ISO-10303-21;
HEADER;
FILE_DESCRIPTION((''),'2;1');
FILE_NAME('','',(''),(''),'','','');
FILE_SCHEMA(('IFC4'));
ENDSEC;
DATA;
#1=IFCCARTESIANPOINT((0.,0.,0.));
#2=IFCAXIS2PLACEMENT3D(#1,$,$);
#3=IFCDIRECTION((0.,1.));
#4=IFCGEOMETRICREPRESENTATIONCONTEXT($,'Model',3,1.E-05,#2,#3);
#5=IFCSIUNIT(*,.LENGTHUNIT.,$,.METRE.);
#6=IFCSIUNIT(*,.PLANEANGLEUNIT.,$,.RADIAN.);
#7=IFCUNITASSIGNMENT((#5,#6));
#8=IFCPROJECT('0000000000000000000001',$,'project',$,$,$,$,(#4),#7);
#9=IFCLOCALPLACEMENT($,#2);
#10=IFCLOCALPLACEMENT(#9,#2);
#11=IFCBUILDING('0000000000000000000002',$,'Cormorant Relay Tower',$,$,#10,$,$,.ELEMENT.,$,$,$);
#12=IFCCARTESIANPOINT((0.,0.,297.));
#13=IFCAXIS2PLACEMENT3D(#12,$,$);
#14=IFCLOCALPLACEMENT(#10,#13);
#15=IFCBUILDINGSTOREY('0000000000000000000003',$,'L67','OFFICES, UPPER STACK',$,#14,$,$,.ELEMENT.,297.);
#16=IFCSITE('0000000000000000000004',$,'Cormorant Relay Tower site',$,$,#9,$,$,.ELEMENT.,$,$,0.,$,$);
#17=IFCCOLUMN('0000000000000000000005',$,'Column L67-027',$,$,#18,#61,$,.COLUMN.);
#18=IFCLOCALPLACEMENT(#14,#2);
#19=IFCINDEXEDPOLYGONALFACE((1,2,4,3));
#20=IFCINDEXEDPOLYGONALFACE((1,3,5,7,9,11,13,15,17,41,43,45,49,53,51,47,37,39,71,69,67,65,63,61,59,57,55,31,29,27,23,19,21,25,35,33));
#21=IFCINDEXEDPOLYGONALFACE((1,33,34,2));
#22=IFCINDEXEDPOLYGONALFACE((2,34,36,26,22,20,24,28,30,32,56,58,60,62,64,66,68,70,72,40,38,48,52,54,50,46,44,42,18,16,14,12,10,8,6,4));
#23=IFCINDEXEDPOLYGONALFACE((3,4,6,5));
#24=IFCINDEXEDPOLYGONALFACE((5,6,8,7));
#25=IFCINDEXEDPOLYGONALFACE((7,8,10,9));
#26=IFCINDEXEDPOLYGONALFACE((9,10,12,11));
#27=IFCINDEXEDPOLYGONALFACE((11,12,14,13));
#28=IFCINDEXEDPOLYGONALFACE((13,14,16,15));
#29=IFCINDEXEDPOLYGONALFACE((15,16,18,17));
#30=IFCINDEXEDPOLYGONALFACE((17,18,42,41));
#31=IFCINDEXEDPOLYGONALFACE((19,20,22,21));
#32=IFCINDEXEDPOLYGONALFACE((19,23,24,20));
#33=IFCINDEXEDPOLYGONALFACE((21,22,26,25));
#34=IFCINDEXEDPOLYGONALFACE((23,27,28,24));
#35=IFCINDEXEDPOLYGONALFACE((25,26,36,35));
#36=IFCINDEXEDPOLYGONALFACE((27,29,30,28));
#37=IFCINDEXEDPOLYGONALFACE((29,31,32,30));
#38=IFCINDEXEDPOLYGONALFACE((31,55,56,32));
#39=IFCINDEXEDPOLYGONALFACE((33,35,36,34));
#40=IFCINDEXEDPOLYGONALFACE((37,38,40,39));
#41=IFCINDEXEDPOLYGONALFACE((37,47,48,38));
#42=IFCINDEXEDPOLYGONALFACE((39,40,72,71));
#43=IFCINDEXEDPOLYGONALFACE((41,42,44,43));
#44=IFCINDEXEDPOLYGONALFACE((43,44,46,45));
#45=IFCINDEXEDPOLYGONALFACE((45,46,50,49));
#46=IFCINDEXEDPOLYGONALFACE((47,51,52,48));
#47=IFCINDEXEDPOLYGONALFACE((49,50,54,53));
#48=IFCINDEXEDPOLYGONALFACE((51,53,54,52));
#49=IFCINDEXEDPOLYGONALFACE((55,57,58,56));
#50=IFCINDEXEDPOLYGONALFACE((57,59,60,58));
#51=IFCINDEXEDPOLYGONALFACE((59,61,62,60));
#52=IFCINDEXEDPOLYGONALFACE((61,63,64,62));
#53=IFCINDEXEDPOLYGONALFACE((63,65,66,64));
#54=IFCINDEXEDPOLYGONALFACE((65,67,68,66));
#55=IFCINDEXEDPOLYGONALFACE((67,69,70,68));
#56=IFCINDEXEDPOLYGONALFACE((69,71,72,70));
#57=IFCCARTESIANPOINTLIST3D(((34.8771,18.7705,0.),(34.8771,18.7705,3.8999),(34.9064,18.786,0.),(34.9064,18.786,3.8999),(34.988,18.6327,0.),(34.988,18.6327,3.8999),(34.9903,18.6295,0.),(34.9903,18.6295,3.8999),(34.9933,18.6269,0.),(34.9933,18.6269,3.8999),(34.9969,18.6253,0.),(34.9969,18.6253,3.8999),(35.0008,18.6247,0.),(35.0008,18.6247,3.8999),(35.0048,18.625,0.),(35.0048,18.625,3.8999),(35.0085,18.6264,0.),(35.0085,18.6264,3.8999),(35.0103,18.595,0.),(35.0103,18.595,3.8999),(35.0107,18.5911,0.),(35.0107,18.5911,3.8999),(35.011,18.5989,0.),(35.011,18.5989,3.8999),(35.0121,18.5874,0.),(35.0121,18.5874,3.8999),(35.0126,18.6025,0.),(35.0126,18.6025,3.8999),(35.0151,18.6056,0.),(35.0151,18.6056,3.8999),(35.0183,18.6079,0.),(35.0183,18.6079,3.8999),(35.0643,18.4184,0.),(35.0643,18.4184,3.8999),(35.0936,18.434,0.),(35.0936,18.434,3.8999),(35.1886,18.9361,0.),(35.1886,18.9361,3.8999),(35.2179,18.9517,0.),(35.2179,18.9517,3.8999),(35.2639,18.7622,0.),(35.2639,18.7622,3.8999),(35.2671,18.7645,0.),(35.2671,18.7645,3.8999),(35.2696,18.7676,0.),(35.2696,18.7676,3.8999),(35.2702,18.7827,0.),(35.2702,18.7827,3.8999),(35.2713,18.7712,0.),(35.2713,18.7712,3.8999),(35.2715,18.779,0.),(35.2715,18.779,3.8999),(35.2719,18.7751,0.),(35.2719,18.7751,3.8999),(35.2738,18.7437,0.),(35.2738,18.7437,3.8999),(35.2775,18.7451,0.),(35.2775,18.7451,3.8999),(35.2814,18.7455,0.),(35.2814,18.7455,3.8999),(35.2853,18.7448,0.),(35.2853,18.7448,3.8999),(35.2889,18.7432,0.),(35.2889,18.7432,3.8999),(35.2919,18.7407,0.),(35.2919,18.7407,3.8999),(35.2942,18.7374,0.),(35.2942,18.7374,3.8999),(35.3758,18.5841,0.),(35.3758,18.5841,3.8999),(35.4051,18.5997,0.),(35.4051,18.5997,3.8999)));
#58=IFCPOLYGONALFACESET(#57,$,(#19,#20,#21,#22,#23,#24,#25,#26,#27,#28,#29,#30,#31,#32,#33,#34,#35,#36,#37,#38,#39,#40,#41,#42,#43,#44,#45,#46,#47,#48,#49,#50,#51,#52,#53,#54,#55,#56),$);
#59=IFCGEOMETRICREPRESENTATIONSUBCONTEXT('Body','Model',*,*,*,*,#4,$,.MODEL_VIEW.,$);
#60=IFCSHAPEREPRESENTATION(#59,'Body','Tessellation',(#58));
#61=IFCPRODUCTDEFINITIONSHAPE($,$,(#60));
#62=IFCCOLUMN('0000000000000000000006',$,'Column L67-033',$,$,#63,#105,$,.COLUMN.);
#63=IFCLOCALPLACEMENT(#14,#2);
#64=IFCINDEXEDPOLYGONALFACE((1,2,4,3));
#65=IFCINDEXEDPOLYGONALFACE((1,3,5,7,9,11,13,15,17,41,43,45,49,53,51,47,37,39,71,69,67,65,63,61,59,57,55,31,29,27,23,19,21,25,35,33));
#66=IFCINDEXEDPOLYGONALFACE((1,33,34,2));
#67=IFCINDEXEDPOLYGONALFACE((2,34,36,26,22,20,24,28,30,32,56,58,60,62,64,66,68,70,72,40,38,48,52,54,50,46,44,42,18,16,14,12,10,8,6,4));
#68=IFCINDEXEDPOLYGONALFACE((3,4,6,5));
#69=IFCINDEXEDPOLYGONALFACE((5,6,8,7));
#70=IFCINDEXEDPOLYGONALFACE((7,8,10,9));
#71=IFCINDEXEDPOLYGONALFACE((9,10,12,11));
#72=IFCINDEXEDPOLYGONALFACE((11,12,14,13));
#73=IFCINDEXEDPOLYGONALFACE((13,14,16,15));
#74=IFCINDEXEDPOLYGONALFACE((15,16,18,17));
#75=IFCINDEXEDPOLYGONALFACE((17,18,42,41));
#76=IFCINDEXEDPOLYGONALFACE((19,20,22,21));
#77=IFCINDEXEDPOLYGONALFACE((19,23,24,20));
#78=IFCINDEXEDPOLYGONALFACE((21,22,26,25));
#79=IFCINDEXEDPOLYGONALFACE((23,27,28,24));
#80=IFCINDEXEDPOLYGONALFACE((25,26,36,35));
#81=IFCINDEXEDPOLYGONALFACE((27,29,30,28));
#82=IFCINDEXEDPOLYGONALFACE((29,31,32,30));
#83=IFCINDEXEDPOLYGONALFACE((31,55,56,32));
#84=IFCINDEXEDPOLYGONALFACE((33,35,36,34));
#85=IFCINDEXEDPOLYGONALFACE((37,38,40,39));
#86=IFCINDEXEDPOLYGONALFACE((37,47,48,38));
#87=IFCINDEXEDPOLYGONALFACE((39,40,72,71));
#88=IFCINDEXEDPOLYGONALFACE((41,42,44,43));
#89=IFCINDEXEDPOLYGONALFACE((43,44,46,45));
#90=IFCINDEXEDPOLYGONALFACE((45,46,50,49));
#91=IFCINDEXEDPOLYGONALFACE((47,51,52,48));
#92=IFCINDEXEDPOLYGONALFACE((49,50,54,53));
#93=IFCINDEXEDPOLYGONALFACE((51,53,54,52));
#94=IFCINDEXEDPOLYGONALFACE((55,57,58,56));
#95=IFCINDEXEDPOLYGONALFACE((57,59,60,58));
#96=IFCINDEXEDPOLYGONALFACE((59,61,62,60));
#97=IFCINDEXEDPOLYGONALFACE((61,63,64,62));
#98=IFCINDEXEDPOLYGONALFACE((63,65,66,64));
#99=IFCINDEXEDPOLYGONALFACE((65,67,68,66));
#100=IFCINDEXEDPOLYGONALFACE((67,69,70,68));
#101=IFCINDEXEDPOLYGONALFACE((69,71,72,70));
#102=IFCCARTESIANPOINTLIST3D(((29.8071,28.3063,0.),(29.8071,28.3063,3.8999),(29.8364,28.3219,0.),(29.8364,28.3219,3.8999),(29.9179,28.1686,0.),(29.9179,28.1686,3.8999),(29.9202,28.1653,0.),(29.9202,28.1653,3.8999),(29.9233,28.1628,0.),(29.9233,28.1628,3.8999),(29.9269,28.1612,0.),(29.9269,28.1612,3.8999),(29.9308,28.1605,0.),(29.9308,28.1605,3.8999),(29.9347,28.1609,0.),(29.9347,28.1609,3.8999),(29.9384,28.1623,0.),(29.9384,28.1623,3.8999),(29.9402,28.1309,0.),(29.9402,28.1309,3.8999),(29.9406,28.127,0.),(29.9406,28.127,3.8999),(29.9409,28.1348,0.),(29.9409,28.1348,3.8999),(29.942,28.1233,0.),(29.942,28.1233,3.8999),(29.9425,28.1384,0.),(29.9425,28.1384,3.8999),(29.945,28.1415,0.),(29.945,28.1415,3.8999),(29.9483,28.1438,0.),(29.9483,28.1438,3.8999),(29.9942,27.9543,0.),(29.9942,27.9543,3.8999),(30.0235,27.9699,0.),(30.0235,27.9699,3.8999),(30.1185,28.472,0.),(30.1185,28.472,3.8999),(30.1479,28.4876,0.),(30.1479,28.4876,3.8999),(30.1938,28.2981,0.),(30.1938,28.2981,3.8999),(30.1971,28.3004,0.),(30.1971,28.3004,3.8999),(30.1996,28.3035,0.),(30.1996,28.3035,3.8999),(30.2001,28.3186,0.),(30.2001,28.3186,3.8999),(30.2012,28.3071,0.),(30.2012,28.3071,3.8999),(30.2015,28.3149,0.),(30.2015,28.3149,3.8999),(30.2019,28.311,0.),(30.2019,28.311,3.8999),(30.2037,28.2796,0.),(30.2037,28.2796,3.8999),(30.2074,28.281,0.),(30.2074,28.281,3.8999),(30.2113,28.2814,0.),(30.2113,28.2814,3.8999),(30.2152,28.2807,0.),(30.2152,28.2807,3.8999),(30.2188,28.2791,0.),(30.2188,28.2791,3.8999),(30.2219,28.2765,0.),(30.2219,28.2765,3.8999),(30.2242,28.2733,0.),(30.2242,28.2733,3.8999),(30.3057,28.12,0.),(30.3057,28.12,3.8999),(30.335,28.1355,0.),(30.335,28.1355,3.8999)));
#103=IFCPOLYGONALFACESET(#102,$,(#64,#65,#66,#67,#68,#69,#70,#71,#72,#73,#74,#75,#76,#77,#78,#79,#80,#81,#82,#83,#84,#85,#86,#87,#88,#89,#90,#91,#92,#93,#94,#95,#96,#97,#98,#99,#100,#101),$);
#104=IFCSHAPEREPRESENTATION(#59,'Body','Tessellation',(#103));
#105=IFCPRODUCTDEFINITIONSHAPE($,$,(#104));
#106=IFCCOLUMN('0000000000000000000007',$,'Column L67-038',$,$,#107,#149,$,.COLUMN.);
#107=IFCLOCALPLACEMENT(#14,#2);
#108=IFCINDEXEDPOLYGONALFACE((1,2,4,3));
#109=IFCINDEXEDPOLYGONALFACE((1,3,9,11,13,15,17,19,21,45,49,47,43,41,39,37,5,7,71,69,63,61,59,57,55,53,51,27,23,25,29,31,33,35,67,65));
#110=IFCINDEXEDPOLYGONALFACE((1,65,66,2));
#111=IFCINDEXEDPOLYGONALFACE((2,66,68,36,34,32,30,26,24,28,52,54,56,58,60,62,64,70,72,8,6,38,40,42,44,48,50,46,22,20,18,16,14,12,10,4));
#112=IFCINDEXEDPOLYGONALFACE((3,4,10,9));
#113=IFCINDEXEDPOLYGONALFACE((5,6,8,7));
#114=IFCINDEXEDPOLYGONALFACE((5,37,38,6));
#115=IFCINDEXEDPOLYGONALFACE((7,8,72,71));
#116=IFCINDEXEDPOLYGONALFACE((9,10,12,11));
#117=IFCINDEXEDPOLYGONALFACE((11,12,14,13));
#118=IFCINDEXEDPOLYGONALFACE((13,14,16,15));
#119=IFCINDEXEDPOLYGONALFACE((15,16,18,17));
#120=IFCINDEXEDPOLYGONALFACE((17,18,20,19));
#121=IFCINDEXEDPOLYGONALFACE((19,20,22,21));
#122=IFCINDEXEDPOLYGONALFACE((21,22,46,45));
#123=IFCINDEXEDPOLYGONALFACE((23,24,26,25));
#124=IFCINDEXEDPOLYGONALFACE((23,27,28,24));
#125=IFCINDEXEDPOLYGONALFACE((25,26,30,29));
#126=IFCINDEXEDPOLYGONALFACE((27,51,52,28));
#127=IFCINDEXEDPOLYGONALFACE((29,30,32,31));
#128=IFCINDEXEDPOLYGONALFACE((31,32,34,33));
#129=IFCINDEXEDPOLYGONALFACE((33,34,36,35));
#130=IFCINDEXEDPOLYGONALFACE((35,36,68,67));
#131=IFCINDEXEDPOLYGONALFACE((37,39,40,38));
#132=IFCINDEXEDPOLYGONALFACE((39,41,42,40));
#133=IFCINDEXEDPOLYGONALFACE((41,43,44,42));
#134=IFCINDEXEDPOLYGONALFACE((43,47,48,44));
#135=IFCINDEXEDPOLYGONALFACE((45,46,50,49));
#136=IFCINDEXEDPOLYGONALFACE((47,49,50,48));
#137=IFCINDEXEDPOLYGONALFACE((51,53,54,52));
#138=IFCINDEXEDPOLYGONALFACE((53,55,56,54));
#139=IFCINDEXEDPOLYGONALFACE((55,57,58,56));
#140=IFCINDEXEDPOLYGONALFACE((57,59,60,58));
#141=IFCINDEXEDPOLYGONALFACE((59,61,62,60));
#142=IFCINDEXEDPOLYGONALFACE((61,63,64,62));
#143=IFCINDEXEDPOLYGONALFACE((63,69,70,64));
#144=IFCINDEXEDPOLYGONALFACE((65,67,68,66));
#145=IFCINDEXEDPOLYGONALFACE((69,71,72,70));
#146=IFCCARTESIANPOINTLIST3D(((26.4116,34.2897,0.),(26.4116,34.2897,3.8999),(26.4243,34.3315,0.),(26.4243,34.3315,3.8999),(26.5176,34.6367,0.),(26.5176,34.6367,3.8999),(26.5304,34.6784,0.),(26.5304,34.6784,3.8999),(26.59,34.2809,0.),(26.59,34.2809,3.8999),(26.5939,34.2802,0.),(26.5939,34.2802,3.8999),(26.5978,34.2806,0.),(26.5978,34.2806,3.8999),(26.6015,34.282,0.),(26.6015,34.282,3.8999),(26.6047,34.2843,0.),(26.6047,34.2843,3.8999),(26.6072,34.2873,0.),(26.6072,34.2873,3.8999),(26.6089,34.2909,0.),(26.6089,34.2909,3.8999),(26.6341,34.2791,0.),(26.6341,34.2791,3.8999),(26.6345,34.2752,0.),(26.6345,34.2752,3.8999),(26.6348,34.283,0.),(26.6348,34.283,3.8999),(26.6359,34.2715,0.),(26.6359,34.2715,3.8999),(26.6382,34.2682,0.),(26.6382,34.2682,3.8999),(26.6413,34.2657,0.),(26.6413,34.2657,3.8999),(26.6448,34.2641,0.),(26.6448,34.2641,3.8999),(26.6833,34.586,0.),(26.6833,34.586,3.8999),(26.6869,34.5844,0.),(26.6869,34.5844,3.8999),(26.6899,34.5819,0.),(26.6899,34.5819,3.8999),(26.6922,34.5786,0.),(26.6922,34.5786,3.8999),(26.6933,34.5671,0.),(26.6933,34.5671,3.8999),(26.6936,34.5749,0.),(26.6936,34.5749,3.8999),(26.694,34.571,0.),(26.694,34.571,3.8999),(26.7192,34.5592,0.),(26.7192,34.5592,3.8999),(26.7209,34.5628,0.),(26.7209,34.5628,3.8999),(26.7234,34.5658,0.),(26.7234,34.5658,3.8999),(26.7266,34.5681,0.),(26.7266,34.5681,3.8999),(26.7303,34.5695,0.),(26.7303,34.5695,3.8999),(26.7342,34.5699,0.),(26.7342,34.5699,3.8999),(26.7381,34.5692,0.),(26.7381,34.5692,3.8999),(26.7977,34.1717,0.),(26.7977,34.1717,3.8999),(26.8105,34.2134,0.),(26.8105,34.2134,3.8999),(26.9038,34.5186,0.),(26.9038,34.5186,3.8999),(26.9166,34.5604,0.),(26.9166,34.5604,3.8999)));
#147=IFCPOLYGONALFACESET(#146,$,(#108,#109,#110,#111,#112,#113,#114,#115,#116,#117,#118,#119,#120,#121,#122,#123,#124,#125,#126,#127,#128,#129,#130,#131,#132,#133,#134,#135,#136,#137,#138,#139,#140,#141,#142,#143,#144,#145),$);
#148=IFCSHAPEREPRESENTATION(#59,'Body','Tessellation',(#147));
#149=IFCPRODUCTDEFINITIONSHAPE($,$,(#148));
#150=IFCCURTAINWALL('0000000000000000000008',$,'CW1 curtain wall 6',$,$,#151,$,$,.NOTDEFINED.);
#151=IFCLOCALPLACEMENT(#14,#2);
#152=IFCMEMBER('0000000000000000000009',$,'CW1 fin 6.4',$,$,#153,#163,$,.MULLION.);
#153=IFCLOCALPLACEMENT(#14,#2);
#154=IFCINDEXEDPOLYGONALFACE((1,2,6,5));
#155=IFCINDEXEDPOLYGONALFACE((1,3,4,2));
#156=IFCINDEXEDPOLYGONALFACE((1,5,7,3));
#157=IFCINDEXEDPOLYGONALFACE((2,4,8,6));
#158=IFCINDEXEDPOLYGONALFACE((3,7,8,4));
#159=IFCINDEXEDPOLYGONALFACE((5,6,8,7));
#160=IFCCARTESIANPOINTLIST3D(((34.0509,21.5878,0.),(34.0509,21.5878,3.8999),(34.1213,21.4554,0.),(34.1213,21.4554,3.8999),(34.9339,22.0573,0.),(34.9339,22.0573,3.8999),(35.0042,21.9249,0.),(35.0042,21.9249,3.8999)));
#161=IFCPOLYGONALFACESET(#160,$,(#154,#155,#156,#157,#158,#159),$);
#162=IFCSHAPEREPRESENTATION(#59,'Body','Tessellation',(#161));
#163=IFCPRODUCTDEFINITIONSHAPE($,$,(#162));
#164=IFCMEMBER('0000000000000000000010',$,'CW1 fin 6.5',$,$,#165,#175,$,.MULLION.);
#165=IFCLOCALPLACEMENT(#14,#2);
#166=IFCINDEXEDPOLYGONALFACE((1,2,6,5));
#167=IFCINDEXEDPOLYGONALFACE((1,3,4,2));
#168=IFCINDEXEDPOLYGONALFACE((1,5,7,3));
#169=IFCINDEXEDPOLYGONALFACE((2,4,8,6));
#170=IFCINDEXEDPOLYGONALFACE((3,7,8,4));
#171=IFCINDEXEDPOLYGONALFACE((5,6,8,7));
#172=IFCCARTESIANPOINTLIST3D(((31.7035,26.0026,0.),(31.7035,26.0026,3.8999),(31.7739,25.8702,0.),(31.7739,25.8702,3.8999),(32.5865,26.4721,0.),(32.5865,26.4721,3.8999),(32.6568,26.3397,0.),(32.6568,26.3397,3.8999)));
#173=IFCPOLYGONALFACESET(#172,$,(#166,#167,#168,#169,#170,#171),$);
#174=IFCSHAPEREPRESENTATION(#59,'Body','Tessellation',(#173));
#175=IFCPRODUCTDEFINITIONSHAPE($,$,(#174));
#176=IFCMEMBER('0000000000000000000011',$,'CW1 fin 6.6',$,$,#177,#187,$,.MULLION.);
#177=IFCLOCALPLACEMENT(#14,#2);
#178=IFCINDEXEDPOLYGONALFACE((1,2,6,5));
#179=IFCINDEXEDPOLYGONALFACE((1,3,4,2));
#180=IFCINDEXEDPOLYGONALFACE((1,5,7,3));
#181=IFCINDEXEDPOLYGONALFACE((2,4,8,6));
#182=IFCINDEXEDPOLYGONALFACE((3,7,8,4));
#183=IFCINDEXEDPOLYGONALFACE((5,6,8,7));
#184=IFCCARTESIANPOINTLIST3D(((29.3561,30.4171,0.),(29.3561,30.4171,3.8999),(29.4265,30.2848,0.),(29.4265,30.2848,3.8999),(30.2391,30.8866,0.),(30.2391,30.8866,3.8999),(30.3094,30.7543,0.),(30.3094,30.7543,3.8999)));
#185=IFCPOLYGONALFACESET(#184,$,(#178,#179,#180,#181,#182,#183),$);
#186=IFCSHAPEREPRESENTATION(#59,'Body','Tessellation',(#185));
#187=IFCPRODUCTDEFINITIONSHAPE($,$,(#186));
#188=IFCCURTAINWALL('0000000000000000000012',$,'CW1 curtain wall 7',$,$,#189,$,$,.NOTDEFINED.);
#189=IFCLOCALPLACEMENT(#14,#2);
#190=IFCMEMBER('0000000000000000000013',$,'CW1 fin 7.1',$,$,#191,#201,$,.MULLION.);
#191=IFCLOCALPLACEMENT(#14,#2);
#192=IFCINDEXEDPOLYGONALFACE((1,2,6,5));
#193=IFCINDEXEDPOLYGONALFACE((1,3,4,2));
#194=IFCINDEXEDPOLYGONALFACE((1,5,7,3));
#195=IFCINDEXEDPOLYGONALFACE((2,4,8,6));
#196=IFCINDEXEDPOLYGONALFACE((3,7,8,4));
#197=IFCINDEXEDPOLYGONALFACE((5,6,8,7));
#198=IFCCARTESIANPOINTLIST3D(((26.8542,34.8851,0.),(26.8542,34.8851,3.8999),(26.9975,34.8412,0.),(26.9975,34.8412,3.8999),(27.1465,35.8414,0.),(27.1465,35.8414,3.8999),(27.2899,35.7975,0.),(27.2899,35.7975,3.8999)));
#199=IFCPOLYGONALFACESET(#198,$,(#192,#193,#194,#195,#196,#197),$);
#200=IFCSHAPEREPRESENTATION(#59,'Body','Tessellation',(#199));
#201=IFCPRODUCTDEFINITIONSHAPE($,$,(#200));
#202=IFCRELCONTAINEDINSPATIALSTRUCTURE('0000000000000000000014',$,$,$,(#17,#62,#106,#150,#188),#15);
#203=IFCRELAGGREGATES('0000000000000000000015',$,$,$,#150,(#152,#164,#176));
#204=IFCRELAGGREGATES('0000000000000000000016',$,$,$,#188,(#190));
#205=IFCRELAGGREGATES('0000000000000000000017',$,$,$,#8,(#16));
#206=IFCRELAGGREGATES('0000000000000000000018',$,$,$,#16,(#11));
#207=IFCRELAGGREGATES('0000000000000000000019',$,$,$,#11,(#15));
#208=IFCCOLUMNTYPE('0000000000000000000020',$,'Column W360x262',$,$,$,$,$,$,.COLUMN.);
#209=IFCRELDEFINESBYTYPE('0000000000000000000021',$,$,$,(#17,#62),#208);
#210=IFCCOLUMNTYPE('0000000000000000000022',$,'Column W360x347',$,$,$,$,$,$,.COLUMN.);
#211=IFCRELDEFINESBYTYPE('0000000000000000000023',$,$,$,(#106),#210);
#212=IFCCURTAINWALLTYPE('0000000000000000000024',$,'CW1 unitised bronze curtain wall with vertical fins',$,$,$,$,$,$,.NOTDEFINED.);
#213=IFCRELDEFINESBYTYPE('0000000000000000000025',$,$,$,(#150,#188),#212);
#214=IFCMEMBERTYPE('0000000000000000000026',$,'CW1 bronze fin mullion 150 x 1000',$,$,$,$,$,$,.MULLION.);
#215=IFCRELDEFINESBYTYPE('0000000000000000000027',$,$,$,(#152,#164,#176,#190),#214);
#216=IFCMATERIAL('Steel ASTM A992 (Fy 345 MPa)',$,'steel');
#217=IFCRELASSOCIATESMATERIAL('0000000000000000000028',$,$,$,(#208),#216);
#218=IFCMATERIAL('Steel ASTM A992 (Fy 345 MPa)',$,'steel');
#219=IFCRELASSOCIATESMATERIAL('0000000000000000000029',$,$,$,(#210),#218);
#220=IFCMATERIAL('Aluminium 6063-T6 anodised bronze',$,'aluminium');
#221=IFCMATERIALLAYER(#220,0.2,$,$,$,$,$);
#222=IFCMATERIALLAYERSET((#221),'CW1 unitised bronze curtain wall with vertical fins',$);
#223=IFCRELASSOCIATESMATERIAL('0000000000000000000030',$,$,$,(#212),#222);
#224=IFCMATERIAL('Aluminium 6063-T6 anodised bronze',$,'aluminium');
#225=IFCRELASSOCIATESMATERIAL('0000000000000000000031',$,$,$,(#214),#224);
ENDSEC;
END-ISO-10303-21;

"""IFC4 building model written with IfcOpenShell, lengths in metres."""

from ifc_helpers import new_model, si_unit, direction, frame, origin, origin_2d, place, context, subcontext, project, spatial, rectangle, i_section, extrude, material, layer, layer_set, material_profile, profile_set, type_object, element, aggregate, save


model = new_model("IFC4")

# Units and contexts
model_context = context("Model", 3, precision=1e-05, world=origin(), true_north=direction((0.0, 1.0)))
body_context = subcontext(model_context, "Body", "Model", "MODEL_VIEW")
ifc_project = project(units=[si_unit("LENGTHUNIT", "METRE"), si_unit("PLANEANGLEUNIT", "RADIAN")], contexts=[model_context])

# Site, building, storey
site_placement = place(None, origin())
site = spatial("IfcSite", under=ifc_project, at=site_placement, Name="Cormorant Relay Tower site", CompositionType="ELEMENT", RefElevation=0.0)
building_placement = place(site_placement, origin())
building = spatial("IfcBuilding", under=site, at=building_placement, Name="Cormorant Relay Tower", CompositionType="ELEMENT")
storey_placement = place(building_placement, frame((0.0, 0.0, 297.0)))
storey = spatial("IfcBuildingStorey", under=building, at=storey_placement, Name="L67", Description="OFFICES, UPPER STACK", CompositionType="ELEMENT", Elevation=297.0)

# Columns
ifc_material_1 = material(Name="Steel ASTM A992 (Fy 345 MPa)", Category="steel")
ifc_material_profile_1 = material_profile(ifc_material_1, i_section(OverallWidth=0.3987, OverallDepth=0.386, WebThickness=0.021, FlangeThickness=0.0332, FilletRadius=0.0151, at=origin_2d()), Name="W360x262")
ifc_profile_set_1 = profile_set([ifc_material_profile_1], Name="Steel ASTM A992 (Fy 345 MPa)")
column_type_1 = type_object("IfcColumnType", Name="Column W360x262", PredefinedType="COLUMN", material=ifc_profile_set_1)
for number, where, z_axis, x_axis, name in (
    (1, (35.1411, 18.6851, 0.0), (0.0, 0.0, 1.0), (-0.469472, 0.882948, 0.0), "Column L67-027"),
    (2, (30.071, 28.2209, 0.0), (0.0, 0.0, 1.0), (-0.469472, 0.882948, 0.0), "Column L67-033"),
):
    element("IfcColumn", number, at=place(storey_placement, frame(where, z_axis=z_axis, x_axis=x_axis)), inside=storey, type_object=column_type_1, Name=name, PredefinedType="COLUMN", context=body_context, shape_type="SweptSolid", body=[
        extrude(i_section(OverallWidth=0.3987, OverallDepth=0.386, WebThickness=0.021, FlangeThickness=0.0332, FilletRadius=0.0151, at=origin_2d()), origin(), (0.0, 0.0, 1.0), 3.8999),
    ])
ifc_material_2 = material(Name="Steel ASTM A992 (Fy 345 MPa)", Category="steel")
ifc_material_profile_2 = material_profile(ifc_material_2, i_section(OverallWidth=0.4038, OverallDepth=0.4065, WebThickness=0.0271, FlangeThickness=0.0437, FilletRadius=0.0151, at=origin_2d()), Name="W360x347")
ifc_profile_set_2 = profile_set([ifc_material_profile_2], Name="Steel ASTM A992 (Fy 345 MPa)")
column_type_2 = type_object("IfcColumnType", Name="Column W360x347", PredefinedType="COLUMN", material=ifc_profile_set_2)
column_placement = place(storey_placement, frame((26.6641, 34.425, 0.0), z_axis=(0.0, 0.0, 1.0), x_axis=(-0.956305, 0.292372, 0.0)))
element("IfcColumn", 3, at=column_placement, inside=storey, type_object=column_type_2, Name="Column L67-038", PredefinedType="COLUMN", context=body_context, shape_type="SweptSolid", body=[
    extrude(i_section(OverallWidth=0.4038, OverallDepth=0.4065, WebThickness=0.0271, FlangeThickness=0.0437, FilletRadius=0.0151, at=origin_2d()), origin(), (0.0, 0.0, 1.0), 3.8999),
])

# Curtain walls, members
ifc_material_3 = material(Name="Aluminium 6063-T6 anodised bronze", Category="aluminium")
ifc_layer_1 = layer(ifc_material_3, 0.2)
ifc_layer_set_1 = layer_set([ifc_layer_1], Name="CW1 unitised bronze curtain wall with vertical fins")
curtain_wall_type = type_object("IfcCurtainWallType", Name="CW1 unitised bronze curtain wall with vertical fins", PredefinedType="NOTDEFINED", material=ifc_layer_set_1)
curtain_wall_1_placement = place(storey_placement, origin())
curtain_wall_1 = element("IfcCurtainWall", 4, at=curtain_wall_1_placement, inside=storey, type_object=curtain_wall_type, Name="CW1 curtain wall 6", PredefinedType="NOTDEFINED")
ifc_material_4 = material(Name="Aluminium 6063-T6 anodised bronze", Category="aluminium")
ifc_material_profile_3 = material_profile(ifc_material_4, rectangle(XDim=0.1499, YDim=1.0, at=origin_2d()), Name="AL 150x1000")
ifc_profile_set_3 = profile_set([ifc_material_profile_3], Name="Aluminium 6063-T6 anodised bronze")
member_type_1 = type_object("IfcMemberType", Name="CW1 bronze fin mullion 150 x 1000", PredefinedType="MULLION", material=ifc_profile_set_3)
member_1_placement = place(storey_placement, frame((34.5276, 21.7563, 0.0), z_axis=(0.0, 0.0, 1.0), x_axis=(-0.469472, 0.882948, 0.0)))
member_1 = element("IfcMember", 5, at=member_1_placement, type_object=member_type_1, Name="CW1 fin 6.4", PredefinedType="MULLION", context=body_context, shape_type="SweptSolid", body=[
    extrude(rectangle(XDim=0.1499, YDim=1.0, at=origin_2d()), origin(), (0.0, 0.0, 1.0), 3.8999),
])
member_2_placement = place(storey_placement, frame((32.1802, 26.1711, 0.0), z_axis=(0.0, 0.0, 1.0), x_axis=(-0.469472, 0.882948, 0.0)))
member_2 = element("IfcMember", 6, at=member_2_placement, type_object=member_type_1, Name="CW1 fin 6.5", PredefinedType="MULLION", context=body_context, shape_type="SweptSolid", body=[
    extrude(rectangle(XDim=0.1499, YDim=1.0, at=origin_2d()), origin(), (0.0, 0.0, 1.0), 3.8999),
])
member_3_placement = place(storey_placement, frame((29.8328, 30.5857, 0.0), z_axis=(0.0, 0.0, 1.0), x_axis=(-0.469472, 0.882948, 0.0)))
member_3 = element("IfcMember", 7, at=member_3_placement, type_object=member_type_1, Name="CW1 fin 6.6", PredefinedType="MULLION", context=body_context, shape_type="SweptSolid", body=[
    extrude(rectangle(XDim=0.1499, YDim=1.0, at=origin_2d()), origin(), (0.0, 0.0, 1.0), 3.8999),
])
curtain_wall_2_placement = place(storey_placement, origin())
curtain_wall_2 = element("IfcCurtainWall", 8, at=curtain_wall_2_placement, inside=storey, type_object=curtain_wall_type, Name="CW1 curtain wall 7", PredefinedType="NOTDEFINED")
member_4_placement = place(storey_placement, frame((27.072, 35.3413, 0.0), z_axis=(0.0, 0.0, 1.0), x_axis=(-0.956305, 0.292372, 0.0)))
member_4 = element("IfcMember", 9, at=member_4_placement, type_object=member_type_1, Name="CW1 fin 7.1", PredefinedType="MULLION", context=body_context, shape_type="SweptSolid", body=[
    extrude(rectangle(XDim=0.1499, YDim=1.0, at=origin_2d()), origin(), (0.0, 0.0, 1.0), 3.8999),
])

aggregate(curtain_wall_1, [member_1, member_2, member_3])
aggregate(curtain_wall_2, [member_4])

save(model, "model.ifc")
